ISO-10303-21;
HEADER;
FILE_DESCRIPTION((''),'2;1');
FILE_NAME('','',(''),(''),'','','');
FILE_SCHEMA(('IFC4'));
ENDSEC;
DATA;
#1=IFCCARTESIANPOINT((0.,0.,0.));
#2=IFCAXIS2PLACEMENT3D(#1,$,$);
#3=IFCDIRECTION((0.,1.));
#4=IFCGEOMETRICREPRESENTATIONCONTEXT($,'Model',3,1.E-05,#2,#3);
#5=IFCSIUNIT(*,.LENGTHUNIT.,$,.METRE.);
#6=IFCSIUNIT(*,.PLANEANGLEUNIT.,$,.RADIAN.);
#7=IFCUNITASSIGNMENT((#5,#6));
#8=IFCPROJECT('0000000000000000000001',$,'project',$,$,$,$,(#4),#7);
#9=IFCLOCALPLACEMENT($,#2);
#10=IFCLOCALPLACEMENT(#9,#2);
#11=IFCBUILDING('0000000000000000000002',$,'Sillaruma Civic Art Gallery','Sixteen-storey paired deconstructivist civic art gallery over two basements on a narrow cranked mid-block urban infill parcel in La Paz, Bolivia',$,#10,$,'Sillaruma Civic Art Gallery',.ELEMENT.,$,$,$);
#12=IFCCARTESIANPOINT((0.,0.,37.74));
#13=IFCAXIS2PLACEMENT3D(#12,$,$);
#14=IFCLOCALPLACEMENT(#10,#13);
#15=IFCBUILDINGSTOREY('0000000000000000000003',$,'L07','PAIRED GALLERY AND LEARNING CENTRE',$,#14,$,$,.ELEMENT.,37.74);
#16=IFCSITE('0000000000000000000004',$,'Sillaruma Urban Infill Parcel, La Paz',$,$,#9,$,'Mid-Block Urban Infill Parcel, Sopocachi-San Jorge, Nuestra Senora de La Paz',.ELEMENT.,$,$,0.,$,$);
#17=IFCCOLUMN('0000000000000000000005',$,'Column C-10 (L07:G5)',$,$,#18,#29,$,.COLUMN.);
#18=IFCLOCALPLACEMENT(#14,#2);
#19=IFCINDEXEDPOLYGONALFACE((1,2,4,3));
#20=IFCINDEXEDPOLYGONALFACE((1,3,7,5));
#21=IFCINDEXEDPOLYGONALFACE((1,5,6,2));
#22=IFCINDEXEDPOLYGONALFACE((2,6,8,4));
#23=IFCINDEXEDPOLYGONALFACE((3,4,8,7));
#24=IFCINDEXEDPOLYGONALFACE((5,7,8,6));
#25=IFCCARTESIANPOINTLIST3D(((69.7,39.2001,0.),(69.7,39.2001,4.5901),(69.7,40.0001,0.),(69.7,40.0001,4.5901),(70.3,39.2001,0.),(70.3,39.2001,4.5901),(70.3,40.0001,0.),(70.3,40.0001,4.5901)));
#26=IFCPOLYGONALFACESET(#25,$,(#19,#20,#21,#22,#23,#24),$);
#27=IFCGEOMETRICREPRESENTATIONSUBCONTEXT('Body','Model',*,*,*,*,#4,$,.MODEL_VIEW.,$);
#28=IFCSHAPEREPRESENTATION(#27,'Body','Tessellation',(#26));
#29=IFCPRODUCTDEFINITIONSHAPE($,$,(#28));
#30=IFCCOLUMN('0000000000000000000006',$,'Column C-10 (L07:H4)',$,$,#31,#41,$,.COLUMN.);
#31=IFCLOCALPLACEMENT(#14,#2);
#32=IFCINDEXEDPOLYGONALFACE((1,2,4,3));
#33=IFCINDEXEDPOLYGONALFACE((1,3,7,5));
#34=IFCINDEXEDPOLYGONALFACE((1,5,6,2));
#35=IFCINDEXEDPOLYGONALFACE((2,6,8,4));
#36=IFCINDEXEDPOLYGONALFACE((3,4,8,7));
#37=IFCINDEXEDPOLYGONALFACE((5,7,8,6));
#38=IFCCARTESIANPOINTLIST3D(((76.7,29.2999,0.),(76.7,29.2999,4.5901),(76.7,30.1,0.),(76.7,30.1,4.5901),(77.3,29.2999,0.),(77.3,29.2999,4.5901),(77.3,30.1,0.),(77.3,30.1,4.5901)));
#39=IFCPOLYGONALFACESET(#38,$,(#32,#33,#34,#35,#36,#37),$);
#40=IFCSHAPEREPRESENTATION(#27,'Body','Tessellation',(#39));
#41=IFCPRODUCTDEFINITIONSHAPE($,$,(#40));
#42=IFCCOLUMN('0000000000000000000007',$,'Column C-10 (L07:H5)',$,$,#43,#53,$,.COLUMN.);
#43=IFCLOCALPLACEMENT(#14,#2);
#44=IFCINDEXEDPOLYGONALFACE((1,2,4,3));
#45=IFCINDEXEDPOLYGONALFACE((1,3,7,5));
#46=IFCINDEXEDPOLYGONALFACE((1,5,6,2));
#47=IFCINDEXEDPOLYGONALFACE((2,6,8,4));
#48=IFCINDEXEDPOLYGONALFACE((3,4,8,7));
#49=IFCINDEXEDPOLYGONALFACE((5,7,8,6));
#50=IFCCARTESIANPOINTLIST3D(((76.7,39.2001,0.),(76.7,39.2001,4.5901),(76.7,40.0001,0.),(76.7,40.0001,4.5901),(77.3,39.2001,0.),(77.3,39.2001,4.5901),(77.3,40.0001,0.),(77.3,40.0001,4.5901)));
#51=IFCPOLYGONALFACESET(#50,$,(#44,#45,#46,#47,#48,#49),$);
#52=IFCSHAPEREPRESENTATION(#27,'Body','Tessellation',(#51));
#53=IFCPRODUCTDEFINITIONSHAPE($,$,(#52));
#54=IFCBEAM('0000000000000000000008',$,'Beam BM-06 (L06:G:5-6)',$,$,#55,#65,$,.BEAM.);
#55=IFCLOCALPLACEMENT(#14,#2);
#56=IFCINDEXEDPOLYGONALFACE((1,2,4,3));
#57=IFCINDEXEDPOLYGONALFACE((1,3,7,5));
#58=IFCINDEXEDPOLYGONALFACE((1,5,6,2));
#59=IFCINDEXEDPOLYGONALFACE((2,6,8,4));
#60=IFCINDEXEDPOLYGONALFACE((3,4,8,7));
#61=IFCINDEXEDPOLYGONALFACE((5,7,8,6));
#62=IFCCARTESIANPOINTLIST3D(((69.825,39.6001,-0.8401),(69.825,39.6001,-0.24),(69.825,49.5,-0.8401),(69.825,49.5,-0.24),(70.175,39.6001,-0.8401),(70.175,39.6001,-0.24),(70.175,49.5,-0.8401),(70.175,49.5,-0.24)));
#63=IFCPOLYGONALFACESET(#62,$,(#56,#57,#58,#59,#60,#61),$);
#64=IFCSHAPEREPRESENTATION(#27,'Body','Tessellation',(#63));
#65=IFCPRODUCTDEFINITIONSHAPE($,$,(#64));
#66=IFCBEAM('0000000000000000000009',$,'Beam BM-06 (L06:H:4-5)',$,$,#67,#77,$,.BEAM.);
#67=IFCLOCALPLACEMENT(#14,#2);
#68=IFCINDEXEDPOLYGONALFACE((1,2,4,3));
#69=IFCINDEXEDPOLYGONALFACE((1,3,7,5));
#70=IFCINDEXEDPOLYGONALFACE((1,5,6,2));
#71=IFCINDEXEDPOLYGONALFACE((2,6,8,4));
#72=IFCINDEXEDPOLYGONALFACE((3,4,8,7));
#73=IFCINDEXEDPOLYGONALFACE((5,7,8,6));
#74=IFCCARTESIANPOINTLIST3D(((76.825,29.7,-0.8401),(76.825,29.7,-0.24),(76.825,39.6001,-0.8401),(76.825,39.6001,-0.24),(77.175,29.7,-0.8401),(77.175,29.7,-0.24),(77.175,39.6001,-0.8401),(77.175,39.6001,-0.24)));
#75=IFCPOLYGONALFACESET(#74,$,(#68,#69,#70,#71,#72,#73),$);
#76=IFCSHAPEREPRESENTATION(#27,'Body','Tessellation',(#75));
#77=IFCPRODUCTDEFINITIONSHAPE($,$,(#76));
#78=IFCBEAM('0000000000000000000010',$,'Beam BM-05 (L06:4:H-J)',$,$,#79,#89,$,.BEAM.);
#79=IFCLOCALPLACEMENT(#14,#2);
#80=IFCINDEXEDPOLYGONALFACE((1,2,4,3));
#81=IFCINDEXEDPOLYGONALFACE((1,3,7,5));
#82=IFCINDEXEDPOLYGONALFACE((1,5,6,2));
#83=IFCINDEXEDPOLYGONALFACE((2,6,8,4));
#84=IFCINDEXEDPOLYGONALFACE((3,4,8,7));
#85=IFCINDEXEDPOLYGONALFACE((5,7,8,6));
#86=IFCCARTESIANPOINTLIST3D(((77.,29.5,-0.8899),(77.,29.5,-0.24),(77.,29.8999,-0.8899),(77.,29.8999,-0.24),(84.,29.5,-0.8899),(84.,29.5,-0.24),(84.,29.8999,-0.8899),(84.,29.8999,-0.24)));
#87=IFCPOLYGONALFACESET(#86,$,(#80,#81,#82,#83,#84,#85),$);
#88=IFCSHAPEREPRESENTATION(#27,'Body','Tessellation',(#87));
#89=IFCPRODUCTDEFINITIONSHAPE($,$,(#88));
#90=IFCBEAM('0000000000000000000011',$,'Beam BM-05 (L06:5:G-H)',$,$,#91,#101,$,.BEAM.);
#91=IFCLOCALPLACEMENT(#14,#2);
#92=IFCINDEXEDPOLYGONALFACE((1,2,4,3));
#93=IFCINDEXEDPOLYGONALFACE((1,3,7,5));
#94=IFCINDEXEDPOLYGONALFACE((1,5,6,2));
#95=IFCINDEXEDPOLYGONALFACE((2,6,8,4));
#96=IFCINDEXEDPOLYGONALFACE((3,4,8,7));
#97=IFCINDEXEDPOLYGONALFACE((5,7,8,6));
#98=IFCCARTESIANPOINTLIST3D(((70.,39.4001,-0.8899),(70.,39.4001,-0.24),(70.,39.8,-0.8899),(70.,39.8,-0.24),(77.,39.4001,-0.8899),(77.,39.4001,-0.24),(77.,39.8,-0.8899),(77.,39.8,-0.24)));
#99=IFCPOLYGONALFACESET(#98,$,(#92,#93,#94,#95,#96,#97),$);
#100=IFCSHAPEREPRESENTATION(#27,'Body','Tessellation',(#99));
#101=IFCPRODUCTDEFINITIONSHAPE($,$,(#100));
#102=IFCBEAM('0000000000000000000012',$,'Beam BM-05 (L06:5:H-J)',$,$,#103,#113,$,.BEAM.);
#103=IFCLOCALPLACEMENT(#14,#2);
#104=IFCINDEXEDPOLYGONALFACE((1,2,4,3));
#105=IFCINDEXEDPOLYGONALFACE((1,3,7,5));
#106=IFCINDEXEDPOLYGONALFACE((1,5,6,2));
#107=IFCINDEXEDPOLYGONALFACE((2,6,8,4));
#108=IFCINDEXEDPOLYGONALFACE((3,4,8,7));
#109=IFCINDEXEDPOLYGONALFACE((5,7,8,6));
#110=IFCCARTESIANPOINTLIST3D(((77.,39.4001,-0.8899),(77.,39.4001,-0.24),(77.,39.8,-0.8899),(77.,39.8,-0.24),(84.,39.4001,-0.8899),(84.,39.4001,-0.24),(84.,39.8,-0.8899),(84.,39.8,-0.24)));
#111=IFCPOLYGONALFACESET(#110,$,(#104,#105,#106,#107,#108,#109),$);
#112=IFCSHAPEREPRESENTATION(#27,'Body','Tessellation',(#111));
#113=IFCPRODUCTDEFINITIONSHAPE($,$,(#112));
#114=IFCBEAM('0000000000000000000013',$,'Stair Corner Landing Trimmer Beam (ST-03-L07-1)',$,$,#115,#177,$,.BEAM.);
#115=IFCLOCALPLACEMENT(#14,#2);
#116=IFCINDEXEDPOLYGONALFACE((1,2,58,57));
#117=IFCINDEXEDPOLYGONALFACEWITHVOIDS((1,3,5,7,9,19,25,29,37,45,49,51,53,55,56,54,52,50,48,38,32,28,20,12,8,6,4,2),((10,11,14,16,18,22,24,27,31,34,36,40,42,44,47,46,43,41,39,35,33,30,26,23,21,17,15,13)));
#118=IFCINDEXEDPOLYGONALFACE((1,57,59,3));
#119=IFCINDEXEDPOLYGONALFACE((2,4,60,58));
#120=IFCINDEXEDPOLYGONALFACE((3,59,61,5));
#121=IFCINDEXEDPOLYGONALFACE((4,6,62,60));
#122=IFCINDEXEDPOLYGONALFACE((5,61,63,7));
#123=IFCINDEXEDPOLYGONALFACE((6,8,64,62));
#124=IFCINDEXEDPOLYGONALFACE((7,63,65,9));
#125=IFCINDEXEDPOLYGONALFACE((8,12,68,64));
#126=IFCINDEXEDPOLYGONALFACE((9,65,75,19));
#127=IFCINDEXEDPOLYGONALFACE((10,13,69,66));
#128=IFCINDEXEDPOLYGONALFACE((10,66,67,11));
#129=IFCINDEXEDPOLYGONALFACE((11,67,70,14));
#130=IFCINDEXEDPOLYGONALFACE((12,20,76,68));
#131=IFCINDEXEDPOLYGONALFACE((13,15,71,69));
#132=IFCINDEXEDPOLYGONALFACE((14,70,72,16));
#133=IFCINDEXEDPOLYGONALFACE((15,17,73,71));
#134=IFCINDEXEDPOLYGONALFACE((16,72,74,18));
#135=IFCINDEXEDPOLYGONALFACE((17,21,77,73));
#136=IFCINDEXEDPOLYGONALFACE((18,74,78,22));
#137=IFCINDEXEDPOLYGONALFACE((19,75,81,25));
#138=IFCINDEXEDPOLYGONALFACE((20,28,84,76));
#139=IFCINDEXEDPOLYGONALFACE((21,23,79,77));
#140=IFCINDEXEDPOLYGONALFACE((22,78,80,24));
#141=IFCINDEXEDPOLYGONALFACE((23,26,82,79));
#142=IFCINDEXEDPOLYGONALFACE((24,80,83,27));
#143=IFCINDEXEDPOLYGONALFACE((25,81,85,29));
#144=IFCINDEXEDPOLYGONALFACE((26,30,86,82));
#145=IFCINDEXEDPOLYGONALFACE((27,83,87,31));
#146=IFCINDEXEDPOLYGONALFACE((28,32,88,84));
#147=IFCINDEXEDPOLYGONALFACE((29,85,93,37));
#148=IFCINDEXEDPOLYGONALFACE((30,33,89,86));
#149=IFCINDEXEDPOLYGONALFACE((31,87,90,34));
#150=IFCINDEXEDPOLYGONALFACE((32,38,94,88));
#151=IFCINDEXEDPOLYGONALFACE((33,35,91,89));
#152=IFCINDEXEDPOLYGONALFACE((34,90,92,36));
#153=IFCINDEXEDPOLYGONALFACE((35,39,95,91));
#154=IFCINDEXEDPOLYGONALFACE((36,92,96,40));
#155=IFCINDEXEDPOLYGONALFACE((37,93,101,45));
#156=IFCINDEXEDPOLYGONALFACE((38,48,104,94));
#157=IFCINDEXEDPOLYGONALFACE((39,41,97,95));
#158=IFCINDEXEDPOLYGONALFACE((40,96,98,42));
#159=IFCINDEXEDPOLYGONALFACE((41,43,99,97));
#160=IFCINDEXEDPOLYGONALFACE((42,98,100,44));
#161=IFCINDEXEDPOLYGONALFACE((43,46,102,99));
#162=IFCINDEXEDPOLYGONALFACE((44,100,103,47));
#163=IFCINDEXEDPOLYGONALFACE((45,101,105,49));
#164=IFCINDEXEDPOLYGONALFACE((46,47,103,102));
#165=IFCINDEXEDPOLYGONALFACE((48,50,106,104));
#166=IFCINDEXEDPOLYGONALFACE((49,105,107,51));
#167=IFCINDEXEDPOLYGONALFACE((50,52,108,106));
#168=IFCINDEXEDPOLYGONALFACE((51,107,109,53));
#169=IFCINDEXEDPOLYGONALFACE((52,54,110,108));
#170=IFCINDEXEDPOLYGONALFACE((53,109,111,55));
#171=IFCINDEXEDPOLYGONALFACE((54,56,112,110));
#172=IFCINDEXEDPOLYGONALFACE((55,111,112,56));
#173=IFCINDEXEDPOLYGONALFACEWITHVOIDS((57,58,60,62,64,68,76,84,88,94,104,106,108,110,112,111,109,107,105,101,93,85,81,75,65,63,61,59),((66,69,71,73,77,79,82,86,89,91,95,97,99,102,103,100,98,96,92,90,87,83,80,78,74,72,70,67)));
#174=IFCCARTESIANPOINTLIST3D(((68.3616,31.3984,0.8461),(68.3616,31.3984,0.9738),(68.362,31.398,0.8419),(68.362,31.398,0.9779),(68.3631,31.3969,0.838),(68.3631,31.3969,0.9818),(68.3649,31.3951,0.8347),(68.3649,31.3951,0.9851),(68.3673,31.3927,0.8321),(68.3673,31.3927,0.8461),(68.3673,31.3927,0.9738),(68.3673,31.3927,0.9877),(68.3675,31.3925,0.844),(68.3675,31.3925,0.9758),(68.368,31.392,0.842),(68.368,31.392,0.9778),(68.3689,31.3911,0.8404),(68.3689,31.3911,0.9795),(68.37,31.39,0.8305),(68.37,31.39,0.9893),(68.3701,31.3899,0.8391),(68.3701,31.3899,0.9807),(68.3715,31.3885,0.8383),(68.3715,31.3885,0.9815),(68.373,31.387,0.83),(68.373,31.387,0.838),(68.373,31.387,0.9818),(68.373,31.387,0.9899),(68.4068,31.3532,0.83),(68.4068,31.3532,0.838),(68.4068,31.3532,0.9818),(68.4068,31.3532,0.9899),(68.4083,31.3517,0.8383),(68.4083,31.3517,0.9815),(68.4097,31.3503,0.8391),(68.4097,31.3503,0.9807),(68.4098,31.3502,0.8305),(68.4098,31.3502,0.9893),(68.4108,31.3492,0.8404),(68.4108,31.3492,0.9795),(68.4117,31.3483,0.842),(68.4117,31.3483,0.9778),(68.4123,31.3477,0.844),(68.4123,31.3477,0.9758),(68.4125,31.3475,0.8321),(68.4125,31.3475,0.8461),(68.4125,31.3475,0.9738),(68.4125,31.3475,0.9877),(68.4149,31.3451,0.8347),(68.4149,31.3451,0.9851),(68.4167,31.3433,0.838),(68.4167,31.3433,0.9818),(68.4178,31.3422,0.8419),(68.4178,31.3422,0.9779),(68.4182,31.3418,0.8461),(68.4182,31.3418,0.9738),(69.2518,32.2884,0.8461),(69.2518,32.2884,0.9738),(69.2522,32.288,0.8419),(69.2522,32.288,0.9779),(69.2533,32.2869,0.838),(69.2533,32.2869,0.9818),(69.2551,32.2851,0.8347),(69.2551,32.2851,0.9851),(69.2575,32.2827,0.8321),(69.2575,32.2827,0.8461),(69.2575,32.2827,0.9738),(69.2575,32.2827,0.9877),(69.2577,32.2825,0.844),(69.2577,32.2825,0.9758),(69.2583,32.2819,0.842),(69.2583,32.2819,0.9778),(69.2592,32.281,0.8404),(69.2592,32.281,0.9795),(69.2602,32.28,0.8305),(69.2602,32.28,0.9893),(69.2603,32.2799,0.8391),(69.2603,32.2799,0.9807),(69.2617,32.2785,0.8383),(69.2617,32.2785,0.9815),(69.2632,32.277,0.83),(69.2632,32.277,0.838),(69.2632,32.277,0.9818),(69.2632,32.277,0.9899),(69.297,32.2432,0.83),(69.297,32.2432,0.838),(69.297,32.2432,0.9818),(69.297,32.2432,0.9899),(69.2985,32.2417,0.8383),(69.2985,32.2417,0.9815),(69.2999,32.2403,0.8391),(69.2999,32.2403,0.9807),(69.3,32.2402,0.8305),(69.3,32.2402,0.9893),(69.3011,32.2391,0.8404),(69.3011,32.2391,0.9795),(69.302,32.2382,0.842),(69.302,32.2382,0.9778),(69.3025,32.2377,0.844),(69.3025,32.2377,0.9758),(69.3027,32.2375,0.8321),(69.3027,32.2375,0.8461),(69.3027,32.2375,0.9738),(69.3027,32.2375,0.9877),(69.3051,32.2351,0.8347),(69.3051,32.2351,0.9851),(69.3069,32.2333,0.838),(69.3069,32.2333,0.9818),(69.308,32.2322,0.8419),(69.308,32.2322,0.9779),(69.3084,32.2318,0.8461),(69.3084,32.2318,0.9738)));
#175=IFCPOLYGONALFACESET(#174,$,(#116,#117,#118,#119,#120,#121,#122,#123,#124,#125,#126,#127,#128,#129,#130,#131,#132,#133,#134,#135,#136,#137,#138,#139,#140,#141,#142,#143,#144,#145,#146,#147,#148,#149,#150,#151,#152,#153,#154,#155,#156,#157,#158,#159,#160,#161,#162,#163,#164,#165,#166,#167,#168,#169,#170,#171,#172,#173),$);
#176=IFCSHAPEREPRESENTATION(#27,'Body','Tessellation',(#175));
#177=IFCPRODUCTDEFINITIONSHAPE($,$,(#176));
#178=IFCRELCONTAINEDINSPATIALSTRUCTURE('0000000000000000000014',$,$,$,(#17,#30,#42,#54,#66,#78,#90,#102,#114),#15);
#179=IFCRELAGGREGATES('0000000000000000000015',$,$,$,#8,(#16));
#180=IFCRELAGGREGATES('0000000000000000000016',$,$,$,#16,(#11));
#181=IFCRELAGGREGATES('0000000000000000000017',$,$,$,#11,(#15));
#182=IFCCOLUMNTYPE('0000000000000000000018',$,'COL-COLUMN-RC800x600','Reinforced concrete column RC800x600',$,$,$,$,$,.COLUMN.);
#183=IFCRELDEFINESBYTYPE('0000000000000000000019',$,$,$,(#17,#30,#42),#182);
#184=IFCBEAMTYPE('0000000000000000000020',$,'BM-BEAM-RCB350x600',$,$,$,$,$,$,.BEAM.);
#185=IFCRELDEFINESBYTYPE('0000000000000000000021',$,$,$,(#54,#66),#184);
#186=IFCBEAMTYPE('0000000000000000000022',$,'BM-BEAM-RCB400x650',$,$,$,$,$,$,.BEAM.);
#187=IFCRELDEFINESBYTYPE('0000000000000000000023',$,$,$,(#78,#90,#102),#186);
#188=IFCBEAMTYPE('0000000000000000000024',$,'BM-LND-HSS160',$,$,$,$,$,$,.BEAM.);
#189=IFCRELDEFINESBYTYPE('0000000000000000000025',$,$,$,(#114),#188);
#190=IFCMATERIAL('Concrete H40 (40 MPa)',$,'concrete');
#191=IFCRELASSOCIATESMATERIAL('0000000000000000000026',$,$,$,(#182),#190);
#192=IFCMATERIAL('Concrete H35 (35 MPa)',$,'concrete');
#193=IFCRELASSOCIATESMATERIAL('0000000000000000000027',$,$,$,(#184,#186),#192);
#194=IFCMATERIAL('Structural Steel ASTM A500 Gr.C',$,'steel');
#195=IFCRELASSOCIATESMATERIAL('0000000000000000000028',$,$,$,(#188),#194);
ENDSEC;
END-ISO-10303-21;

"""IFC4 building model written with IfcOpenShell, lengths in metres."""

from ifc_helpers import new_model, si_unit, direction, frame, origin, origin_2d, place, context, subcontext, project, spatial, rectangle, hollow_rectangle, extrude, material, material_profile, profile_set, type_object, element, save


model = new_model("IFC4")

# Units and contexts
model_context = context("Model", 3, precision=1e-05, world=origin(), true_north=direction((0.0, 1.0)))
body_context = subcontext(model_context, "Body", "Model", "MODEL_VIEW")
ifc_project = project(units=[si_unit("LENGTHUNIT", "METRE"), si_unit("PLANEANGLEUNIT", "RADIAN")], contexts=[model_context])

# Site, building, storey
site_placement = place(None, origin())
site = spatial("IfcSite", under=ifc_project, at=site_placement, Name="Sillaruma Urban Infill Parcel, La Paz", LongName="Mid-Block Urban Infill Parcel, Sopocachi-San Jorge, Nuestra Senora de La Paz", CompositionType="ELEMENT", RefElevation=0.0)
building_placement = place(site_placement, origin())
building = spatial("IfcBuilding", under=site, at=building_placement, Name="Sillaruma Civic Art Gallery", Description="Sixteen-storey paired deconstructivist civic art gallery over two basements on a narrow cranked mid-block urban infill parcel in La Paz, Bolivia", LongName="Sillaruma Civic Art Gallery", CompositionType="ELEMENT")
storey_placement = place(building_placement, frame((0.0, 0.0, 37.74)))
storey = spatial("IfcBuildingStorey", under=building, at=storey_placement, Name="L07", Description="PAIRED GALLERY AND LEARNING CENTRE", CompositionType="ELEMENT", Elevation=37.74)

# Columns
ifc_material_1 = material(Name="Concrete H40 (40 MPa)", Category="concrete")
ifc_material_profile_1 = material_profile(ifc_material_1, rectangle(XDim=0.6001, YDim=0.8, at=origin_2d()), Name="RC800x600")
ifc_profile_set_1 = profile_set([ifc_material_profile_1], Name="Concrete H40 (40 MPa)")
column_type = type_object("IfcColumnType", Name="COL-COLUMN-RC800x600", Description="Reinforced concrete column RC800x600", PredefinedType="COLUMN", material=ifc_profile_set_1)
for number, where, z_axis, x_axis, name in (
    (1, (70.0, 39.6001, 0.0), (0.0, 0.0, 1.0), (1.0, 0.0, 0.0), "Column C-10 (L07:G5)"),
    (2, (77.0, 29.7, 0.0), (0.0, 0.0, 1.0), (1.0, 0.0, 0.0), "Column C-10 (L07:H4)"),
    (3, (77.0, 39.6001, 0.0), (0.0, 0.0, 1.0), (1.0, 0.0, 0.0), "Column C-10 (L07:H5)"),
):
    element("IfcColumn", number, at=place(storey_placement, frame(where, z_axis=z_axis, x_axis=x_axis)), inside=storey, type_object=column_type, Name=name, PredefinedType="COLUMN", context=body_context, shape_type="SweptSolid", body=[
        extrude(rectangle(XDim=0.6001, YDim=0.8, at=origin_2d()), origin(), (0.0, 0.0, 1.0), 4.5901),
    ])

# Beams
ifc_material_2 = material(Name="Concrete H35 (35 MPa)", Category="concrete")
ifc_material_profile_2 = material_profile(ifc_material_2, rectangle(XDim=0.3501, YDim=0.6001, at=origin_2d()), Name="RCB350x600")
ifc_profile_set_2 = profile_set([ifc_material_profile_2], Name="Concrete H35 (35 MPa)")
beam_type_1 = type_object("IfcBeamType", Name="BM-BEAM-RCB350x600", PredefinedType="BEAM", material=ifc_profile_set_2)
beam_1_placement = place(storey_placement, frame((70.0, 39.6001, -0.54), z_axis=(0.0, 1.0, 0.0), x_axis=(-1.0, 0.0, 0.0)))
element("IfcBeam", 4, at=beam_1_placement, inside=storey, type_object=beam_type_1, Name="Beam BM-06 (L06:G:5-6)", PredefinedType="BEAM", context=body_context, shape_type="SweptSolid", body=[
    extrude(rectangle(XDim=0.3501, YDim=0.6001, at=origin_2d()), origin(), (0.0, 0.0, 1.0), 9.8999),
])
beam_2_placement = place(storey_placement, frame((77.0, 29.7, -0.54), z_axis=(0.0, 1.0, 0.0), x_axis=(-1.0, 0.0, 0.0)))
element("IfcBeam", 5, at=beam_2_placement, inside=storey, type_object=beam_type_1, Name="Beam BM-06 (L06:H:4-5)", PredefinedType="BEAM", context=body_context, shape_type="SweptSolid", body=[
    extrude(rectangle(XDim=0.3501, YDim=0.6001, at=origin_2d()), origin(), (0.0, 0.0, 1.0), 9.9001),
])
ifc_material_profile_3 = material_profile(ifc_material_2, rectangle(XDim=0.3999, YDim=0.6499, at=origin_2d()), Name="RCB400x650")
ifc_profile_set_3 = profile_set([ifc_material_profile_3], Name="Concrete H35 (35 MPa)")
beam_type_2 = type_object("IfcBeamType", Name="BM-BEAM-RCB400x650", PredefinedType="BEAM", material=ifc_profile_set_3)
for number, where, z_axis, x_axis, name in (
    (6, (77.0, 29.7, -0.5649), (1.0, 0.0, 0.0), (0.0, 1.0, 0.0), "Beam BM-05 (L06:4:H-J)"),
    (7, (70.0, 39.6001, -0.5649), (1.0, 0.0, 0.0), (0.0, 1.0, 0.0), "Beam BM-05 (L06:5:G-H)"),
    (8, (77.0, 39.6001, -0.5649), (1.0, 0.0, 0.0), (0.0, 1.0, 0.0), "Beam BM-05 (L06:5:H-J)"),
):
    element("IfcBeam", number, at=place(storey_placement, frame(where, z_axis=z_axis, x_axis=x_axis)), inside=storey, type_object=beam_type_2, Name=name, PredefinedType="BEAM", context=body_context, shape_type="SweptSolid", body=[
        extrude(rectangle(XDim=0.3999, YDim=0.6499, at=origin_2d()), origin(), (0.0, 0.0, 1.0), 7.0),
    ])
ifc_material_3 = material(Name="Structural Steel ASTM A500 Gr.C", Category="steel")
ifc_material_profile_4 = material_profile(ifc_material_3, hollow_rectangle(XDim=0.0801, YDim=0.1599, WallThickness=0.0081, InnerFilletRadius=0.0081, OuterFilletRadius=0.0161, at=origin_2d()), Name="HSS160x80x8")
ifc_profile_set_4 = profile_set([ifc_material_profile_4], Name="Structural Steel ASTM A500 Gr.C")
beam_type_3 = type_object("IfcBeamType", Name="BM-LND-HSS160", PredefinedType="BEAM", material=ifc_profile_set_4)
for number, where, z_axis, x_axis, name in (
    (9, (68.3899, 31.3701, 0.9099), (0.707204, 0.70701, 0.0), (-0.70701, 0.707204, 0.0), "Stair Corner Landing Trimmer Beam (ST-03-L07-1)"),
):
    element("IfcBeam", number, at=place(storey_placement, frame(where, z_axis=z_axis, x_axis=x_axis)), inside=storey, type_object=beam_type_3, Name=name, PredefinedType="BEAM", context=body_context, shape_type="SweptSolid", body=[
        extrude(hollow_rectangle(XDim=0.0801, YDim=0.1599, WallThickness=0.0081, InnerFilletRadius=0.0081, OuterFilletRadius=0.0161, at=origin_2d()), origin(), (0.0, 0.0, 1.0), 1.2588),
    ])

save(model, "model.ifc")
